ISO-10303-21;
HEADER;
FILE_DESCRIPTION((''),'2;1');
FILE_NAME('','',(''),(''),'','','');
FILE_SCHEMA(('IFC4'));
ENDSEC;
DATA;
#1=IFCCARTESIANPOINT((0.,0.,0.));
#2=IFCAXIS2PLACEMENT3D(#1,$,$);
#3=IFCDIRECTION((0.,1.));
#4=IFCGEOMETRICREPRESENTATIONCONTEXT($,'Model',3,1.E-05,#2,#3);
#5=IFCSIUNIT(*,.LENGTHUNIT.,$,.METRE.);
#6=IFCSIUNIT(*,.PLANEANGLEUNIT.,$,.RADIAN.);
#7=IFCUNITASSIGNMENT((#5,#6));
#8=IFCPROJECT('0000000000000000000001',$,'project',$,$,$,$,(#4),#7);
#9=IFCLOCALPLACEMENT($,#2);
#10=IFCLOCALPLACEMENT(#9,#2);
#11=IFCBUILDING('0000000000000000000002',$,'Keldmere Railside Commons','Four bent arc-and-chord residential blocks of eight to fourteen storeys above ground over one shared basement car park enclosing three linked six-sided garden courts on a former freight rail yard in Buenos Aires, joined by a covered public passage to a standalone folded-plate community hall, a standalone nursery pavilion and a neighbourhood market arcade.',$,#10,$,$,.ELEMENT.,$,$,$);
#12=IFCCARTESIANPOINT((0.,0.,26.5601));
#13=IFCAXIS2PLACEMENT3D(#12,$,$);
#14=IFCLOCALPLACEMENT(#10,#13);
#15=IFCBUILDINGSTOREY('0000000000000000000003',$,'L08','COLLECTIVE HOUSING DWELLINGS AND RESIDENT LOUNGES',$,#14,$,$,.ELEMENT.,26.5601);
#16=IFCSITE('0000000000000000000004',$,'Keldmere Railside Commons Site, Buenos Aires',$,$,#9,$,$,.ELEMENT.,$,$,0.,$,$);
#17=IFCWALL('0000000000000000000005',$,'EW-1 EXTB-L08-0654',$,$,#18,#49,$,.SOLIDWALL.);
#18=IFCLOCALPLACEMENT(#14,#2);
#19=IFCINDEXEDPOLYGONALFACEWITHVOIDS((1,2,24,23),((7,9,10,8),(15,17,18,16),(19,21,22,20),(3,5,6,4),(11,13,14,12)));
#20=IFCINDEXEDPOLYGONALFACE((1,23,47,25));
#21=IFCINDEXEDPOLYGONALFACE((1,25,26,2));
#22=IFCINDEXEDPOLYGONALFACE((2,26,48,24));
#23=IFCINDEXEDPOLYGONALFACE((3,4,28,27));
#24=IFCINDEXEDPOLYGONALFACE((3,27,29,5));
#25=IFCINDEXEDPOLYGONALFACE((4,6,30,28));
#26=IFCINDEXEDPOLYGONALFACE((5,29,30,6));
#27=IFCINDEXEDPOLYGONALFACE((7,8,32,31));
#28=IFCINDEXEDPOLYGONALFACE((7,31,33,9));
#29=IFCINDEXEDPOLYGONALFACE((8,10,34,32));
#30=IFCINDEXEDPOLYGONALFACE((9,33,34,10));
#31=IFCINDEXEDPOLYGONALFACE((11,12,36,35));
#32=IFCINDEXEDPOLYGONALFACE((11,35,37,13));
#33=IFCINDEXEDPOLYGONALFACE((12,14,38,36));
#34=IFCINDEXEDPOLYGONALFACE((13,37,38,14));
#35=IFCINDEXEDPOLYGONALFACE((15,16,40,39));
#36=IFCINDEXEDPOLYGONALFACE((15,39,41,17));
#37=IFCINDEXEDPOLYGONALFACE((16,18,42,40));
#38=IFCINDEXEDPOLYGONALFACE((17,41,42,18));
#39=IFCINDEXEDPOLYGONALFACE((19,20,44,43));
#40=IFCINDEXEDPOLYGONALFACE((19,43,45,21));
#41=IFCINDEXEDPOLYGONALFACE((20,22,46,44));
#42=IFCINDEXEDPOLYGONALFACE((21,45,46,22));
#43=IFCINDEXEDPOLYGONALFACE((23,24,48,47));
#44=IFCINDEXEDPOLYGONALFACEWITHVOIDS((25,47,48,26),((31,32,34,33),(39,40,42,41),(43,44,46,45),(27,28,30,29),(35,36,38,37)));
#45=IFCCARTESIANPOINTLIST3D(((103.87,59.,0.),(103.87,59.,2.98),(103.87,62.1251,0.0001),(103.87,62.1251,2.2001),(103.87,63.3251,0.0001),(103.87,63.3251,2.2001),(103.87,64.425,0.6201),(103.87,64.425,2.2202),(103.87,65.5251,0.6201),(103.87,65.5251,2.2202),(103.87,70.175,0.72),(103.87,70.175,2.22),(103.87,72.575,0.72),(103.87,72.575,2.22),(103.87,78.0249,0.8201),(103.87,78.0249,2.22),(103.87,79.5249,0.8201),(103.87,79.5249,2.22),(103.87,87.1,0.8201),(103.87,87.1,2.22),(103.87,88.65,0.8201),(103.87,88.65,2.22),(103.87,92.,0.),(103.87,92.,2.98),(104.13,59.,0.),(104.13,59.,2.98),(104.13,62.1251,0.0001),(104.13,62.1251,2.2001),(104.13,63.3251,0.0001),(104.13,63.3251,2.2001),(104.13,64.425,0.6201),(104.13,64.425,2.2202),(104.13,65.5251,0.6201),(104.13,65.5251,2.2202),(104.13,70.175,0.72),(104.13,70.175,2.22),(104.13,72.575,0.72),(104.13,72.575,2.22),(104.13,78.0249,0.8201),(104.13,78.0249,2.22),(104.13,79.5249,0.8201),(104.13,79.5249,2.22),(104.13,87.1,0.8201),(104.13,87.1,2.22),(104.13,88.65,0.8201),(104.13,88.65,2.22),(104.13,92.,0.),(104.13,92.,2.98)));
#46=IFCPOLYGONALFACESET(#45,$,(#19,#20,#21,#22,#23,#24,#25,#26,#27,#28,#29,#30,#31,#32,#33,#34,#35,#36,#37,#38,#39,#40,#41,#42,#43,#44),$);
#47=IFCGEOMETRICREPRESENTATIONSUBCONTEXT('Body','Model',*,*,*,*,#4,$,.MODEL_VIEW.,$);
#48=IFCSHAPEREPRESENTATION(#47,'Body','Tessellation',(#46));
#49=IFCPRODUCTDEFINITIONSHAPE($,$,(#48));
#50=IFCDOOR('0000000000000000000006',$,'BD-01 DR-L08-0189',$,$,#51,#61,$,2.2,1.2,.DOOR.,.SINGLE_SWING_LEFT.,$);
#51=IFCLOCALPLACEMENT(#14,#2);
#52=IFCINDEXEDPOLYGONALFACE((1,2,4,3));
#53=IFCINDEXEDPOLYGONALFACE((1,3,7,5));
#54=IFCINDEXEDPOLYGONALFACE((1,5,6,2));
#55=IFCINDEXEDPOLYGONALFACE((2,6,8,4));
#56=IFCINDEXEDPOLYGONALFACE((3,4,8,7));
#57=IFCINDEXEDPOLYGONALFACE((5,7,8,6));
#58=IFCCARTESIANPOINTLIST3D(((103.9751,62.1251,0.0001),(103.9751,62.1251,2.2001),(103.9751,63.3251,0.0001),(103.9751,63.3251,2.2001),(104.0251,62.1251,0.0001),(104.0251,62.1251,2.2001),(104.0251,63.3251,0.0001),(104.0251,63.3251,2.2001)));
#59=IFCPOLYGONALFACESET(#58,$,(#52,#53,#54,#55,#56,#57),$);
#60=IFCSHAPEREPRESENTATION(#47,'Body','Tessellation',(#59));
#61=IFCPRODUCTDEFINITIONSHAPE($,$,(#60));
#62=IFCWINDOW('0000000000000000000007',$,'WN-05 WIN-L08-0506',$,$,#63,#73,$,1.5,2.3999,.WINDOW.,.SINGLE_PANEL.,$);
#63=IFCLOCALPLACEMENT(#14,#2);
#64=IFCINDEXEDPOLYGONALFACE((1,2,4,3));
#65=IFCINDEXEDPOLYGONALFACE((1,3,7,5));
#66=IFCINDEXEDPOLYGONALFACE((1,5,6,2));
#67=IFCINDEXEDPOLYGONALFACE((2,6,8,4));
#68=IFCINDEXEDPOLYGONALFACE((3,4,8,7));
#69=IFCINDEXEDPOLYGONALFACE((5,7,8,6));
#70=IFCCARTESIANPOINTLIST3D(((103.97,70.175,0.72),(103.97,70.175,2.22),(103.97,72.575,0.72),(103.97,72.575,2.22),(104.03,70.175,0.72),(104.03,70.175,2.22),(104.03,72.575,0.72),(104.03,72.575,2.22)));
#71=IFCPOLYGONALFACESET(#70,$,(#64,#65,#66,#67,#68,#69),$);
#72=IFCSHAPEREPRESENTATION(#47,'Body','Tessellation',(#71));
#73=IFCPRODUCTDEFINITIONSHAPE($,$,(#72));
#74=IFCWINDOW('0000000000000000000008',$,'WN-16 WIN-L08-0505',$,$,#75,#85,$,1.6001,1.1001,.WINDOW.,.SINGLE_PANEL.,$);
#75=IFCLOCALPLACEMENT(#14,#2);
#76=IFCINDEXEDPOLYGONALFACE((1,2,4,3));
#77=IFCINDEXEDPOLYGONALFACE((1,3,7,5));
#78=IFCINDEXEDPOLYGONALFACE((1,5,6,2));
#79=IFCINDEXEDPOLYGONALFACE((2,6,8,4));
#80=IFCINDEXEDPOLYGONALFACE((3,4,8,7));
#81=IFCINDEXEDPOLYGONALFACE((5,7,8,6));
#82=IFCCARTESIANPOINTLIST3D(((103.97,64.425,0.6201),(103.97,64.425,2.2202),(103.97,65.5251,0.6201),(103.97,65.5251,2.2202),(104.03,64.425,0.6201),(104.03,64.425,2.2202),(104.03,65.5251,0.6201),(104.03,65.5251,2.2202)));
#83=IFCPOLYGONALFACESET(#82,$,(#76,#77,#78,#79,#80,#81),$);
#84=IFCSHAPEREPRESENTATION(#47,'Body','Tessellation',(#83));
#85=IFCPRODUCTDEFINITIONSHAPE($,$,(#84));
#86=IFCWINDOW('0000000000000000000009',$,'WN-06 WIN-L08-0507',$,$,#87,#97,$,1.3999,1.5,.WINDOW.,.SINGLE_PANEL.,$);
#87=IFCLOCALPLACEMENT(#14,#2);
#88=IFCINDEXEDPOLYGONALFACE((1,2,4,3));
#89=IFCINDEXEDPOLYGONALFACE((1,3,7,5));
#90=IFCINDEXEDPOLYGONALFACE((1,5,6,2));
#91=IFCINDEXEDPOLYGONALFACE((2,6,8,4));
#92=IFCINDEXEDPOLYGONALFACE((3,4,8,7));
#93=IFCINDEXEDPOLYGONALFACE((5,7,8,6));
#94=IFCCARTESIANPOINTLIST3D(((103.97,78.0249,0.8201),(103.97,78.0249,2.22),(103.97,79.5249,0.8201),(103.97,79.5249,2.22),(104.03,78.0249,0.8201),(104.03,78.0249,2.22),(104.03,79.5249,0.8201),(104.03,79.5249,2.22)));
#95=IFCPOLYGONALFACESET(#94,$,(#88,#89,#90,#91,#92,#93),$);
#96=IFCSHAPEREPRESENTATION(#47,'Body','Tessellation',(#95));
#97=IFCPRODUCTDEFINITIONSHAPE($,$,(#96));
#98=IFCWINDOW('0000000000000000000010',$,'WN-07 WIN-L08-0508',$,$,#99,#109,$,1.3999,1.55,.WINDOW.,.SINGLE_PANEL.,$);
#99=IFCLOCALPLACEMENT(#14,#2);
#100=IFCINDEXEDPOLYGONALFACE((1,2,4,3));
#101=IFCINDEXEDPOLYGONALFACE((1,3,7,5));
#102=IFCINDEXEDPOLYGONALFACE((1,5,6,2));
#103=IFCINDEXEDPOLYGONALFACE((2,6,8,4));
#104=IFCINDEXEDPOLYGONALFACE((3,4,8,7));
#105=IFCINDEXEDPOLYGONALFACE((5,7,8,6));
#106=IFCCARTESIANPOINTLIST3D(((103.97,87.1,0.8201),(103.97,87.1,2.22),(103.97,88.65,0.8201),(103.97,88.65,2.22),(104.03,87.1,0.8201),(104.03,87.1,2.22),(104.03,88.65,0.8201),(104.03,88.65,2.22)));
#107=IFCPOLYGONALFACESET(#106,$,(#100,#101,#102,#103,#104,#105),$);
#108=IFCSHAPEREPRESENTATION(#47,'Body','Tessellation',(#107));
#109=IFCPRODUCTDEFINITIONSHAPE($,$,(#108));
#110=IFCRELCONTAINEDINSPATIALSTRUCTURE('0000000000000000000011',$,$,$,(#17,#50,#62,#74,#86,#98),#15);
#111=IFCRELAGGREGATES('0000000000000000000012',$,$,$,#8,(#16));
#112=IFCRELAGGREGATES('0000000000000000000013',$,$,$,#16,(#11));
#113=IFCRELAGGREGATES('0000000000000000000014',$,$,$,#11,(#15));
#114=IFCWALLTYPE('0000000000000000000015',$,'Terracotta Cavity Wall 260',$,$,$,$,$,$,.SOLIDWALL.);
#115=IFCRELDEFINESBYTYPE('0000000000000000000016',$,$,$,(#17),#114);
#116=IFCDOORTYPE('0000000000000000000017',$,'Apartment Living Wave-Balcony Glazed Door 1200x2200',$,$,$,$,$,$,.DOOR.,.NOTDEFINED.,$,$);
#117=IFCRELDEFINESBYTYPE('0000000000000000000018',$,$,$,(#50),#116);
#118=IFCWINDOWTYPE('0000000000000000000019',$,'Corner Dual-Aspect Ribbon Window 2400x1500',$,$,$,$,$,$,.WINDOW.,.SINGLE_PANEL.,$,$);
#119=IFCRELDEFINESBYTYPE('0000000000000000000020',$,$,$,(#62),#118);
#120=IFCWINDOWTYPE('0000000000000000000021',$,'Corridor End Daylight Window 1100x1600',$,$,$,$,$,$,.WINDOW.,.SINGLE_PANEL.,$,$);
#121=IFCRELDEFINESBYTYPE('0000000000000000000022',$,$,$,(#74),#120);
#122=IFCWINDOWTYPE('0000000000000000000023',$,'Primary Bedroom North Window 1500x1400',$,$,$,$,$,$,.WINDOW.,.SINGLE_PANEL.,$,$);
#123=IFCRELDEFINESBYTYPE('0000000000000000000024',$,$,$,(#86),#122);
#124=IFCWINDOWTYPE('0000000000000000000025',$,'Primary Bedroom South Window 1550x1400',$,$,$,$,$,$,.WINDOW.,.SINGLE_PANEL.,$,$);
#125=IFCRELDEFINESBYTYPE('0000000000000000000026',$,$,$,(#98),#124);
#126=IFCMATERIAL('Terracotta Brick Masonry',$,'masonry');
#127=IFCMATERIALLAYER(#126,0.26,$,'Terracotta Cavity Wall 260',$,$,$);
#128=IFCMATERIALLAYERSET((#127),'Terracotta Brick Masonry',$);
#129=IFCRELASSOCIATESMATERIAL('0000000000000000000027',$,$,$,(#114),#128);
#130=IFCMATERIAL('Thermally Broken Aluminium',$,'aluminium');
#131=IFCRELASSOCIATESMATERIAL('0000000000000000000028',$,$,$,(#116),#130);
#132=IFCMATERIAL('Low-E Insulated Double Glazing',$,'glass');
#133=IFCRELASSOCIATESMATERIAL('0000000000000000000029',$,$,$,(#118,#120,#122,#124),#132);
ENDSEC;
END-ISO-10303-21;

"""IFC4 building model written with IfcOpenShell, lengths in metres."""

from ifc_helpers import new_model, si_unit, direction, frame, frame_2d, origin, place, context, subcontext, project, spatial, rectangle, extrude, material, layer, layer_set, type_object, element, fill, save


model = new_model("IFC4")

# Units and contexts
model_context = context("Model", 3, precision=1e-05, world=origin(), true_north=direction((0.0, 1.0)))
body_context = subcontext(model_context, "Body", "Model", "MODEL_VIEW")
ifc_project = project(units=[si_unit("LENGTHUNIT", "METRE"), si_unit("PLANEANGLEUNIT", "RADIAN")], contexts=[model_context])

# Site, building, storey
site_placement = place(None, origin())
site = spatial("IfcSite", under=ifc_project, at=site_placement, Name="Keldmere Railside Commons Site, Buenos Aires", CompositionType="ELEMENT", RefElevation=0.0)
building_placement = place(site_placement, origin())
building = spatial("IfcBuilding", under=site, at=building_placement, Name="Keldmere Railside Commons", Description="Four bent arc-and-chord residential blocks of eight to fourteen storeys above ground over one shared basement car park enclosing three linked six-sided garden courts on a former freight rail yard in Buenos Aires, joined by a covered public passage to a standalone folded-plate community hall, a standalone nursery pavilion and a neighbourhood market arcade.", CompositionType="ELEMENT")
storey_placement = place(building_placement, frame((0.0, 0.0, 26.5601)))
storey = spatial("IfcBuildingStorey", under=building, at=storey_placement, Name="L08", Description="COLLECTIVE HOUSING DWELLINGS AND RESIDENT LOUNGES", CompositionType="ELEMENT", Elevation=26.5601)

# Shared definitions
ifc_material_1 = material(Name="Low-E Insulated Double Glazing", Category="glass")

# Wall, openings, door, windows
ifc_material_2 = material(Name="Terracotta Brick Masonry", Category="masonry")
ifc_layer_1 = layer(ifc_material_2, 0.26, Name="Terracotta Cavity Wall 260")
ifc_layer_set_1 = layer_set([ifc_layer_1], Name="Terracotta Brick Masonry")
wall_type_1 = type_object("IfcWallType", Name="Terracotta Cavity Wall 260", PredefinedType="SOLIDWALL", material=ifc_layer_set_1)
wall_1_placement = place(storey_placement, frame((104.0, 59.0, 0.0), z_axis=(0.0, 0.0, 1.0), x_axis=(0.0, 1.0, 0.0)))
wall_1 = element("IfcWall", 1, at=wall_1_placement, inside=storey, type_object=wall_type_1, Name="EW-1 EXTB-L08-0654", PredefinedType="SOLIDWALL", context=body_context, shape_type="SweptSolid", body=[
    extrude(rectangle(XDim=33.0, YDim=0.26, at=frame_2d((16.5, 0.0))), origin(), (0.0, 0.0, 1.0), 2.98),
])
opening_1_placement = place(wall_1_placement, frame((3.125, 0.0, 0.0)))
opening_1 = element("IfcOpeningElement", 2, at=opening_1_placement, cuts=wall_1, PredefinedType="OPENING", context=body_context, shape_type="SweptSolid", body=[
    extrude(rectangle(XDim=1.2, YDim=2.2, at=frame_2d((0.6001, 1.1001))), frame((0.0, 0.1399, 0.0), z_axis=(0.0, -1.0, 0.0), x_axis=(1.0, 0.0, 0.0)), (0.0, 0.0, 1.0), 0.28),
])
opening_2_placement = place(wall_1_placement, frame((5.425, 0.0, 0.6201)))
opening_2 = element("IfcOpeningElement", 3, at=opening_2_placement, cuts=wall_1, PredefinedType="OPENING", context=body_context, shape_type="SweptSolid", body=[
    extrude(rectangle(XDim=1.1001, YDim=1.6001, at=frame_2d((0.55, 0.8))), frame((0.0, 0.1399, 0.0), z_axis=(0.0, -1.0, 0.0), x_axis=(1.0, 0.0, 0.0)), (0.0, 0.0, 1.0), 0.28),
])
opening_3_placement = place(wall_1_placement, frame((11.175, 0.0, 0.72)))
opening_3 = element("IfcOpeningElement", 4, at=opening_3_placement, cuts=wall_1, PredefinedType="OPENING", context=body_context, shape_type="SweptSolid", body=[
    extrude(rectangle(XDim=2.3999, YDim=1.5, at=frame_2d((1.2, 0.75))), frame((0.0, 0.1399, 0.0), z_axis=(0.0, -1.0, 0.0), x_axis=(1.0, 0.0, 0.0)), (0.0, 0.0, 1.0), 0.28),
])
opening_4_placement = place(wall_1_placement, frame((19.0249, 0.0, 0.8201)))
opening_4 = element("IfcOpeningElement", 5, at=opening_4_placement, cuts=wall_1, PredefinedType="OPENING", context=body_context, shape_type="SweptSolid", body=[
    extrude(rectangle(XDim=1.5, YDim=1.3999, at=frame_2d((0.75, 0.7))), frame((0.0, 0.1399, 0.0), z_axis=(0.0, -1.0, 0.0), x_axis=(1.0, 0.0, 0.0)), (0.0, 0.0, 1.0), 0.28),
])
opening_5_placement = place(wall_1_placement, frame((28.1001, 0.0, 0.8201)))
opening_5 = element("IfcOpeningElement", 6, at=opening_5_placement, cuts=wall_1, PredefinedType="OPENING", context=body_context, shape_type="SweptSolid", body=[
    extrude(rectangle(XDim=1.55, YDim=1.3999, at=frame_2d((0.7749, 0.7))), frame((0.0, 0.1399, 0.0), z_axis=(0.0, -1.0, 0.0), x_axis=(1.0, 0.0, 0.0)), (0.0, 0.0, 1.0), 0.28),
])
ifc_material_3 = material(Name="Thermally Broken Aluminium", Category="aluminium")
door_type = type_object("IfcDoorType", Name="Apartment Living Wave-Balcony Glazed Door 1200x2200", OperationType="NOTDEFINED", PredefinedType="DOOR", material=ifc_material_3)
door_placement = place(opening_1_placement, origin())
door = element("IfcDoor", 7, at=door_placement, inside=storey, type_object=door_type, Name="BD-01 DR-L08-0189", OperationType="SINGLE_SWING_LEFT", OverallHeight=2.2, OverallWidth=1.2, PredefinedType="DOOR", context=body_context, shape_type="SweptSolid", body=[
    extrude(rectangle(XDim=1.2, YDim=2.2, at=frame_2d((0.6001, 1.1001))), frame((0.0, 0.0249, 0.0), z_axis=(0.0, -1.0, 0.0), x_axis=(1.0, 0.0, 0.0)), (0.0, 0.0, 1.0), 0.05),
])
fill(opening_1, door)
window_type_1 = type_object("IfcWindowType", Name="Corner Dual-Aspect Ribbon Window 2400x1500", PartitioningType="SINGLE_PANEL", PredefinedType="WINDOW", material=ifc_material_1)
window_1_placement = place(opening_3_placement, origin())
window_1 = element("IfcWindow", 8, at=window_1_placement, inside=storey, type_object=window_type_1, Name="WN-05 WIN-L08-0506", OverallHeight=1.5, OverallWidth=2.3999, PartitioningType="SINGLE_PANEL", PredefinedType="WINDOW", context=body_context, shape_type="SweptSolid", body=[
    extrude(rectangle(XDim=2.3999, YDim=1.5, at=frame_2d((1.2, 0.75))), frame((0.0, 0.03, 0.0), z_axis=(0.0, -1.0, 0.0), x_axis=(1.0, 0.0, 0.0)), (0.0, 0.0, 1.0), 0.0601),
])
fill(opening_3, window_1)
window_type_2 = type_object("IfcWindowType", Name="Corridor End Daylight Window 1100x1600", PartitioningType="SINGLE_PANEL", PredefinedType="WINDOW", material=ifc_material_1)
window_2_placement = place(opening_2_placement, origin())
window_2 = element("IfcWindow", 9, at=window_2_placement, inside=storey, type_object=window_type_2, Name="WN-16 WIN-L08-0505", OverallHeight=1.6001, OverallWidth=1.1001, PartitioningType="SINGLE_PANEL", PredefinedType="WINDOW", context=body_context, shape_type="SweptSolid", body=[
    extrude(rectangle(XDim=1.1001, YDim=1.6001, at=frame_2d((0.55, 0.8))), frame((0.0, 0.03, 0.0), z_axis=(0.0, -1.0, 0.0), x_axis=(1.0, 0.0, 0.0)), (0.0, 0.0, 1.0), 0.0601),
])
fill(opening_2, window_2)
window_type_3 = type_object("IfcWindowType", Name="Primary Bedroom North Window 1500x1400", PartitioningType="SINGLE_PANEL", PredefinedType="WINDOW", material=ifc_material_1)
window_3_placement = place(opening_4_placement, origin())
window_3 = element("IfcWindow", 10, at=window_3_placement, inside=storey, type_object=window_type_3, Name="WN-06 WIN-L08-0507", OverallHeight=1.3999, OverallWidth=1.5, PartitioningType="SINGLE_PANEL", PredefinedType="WINDOW", context=body_context, shape_type="SweptSolid", body=[
    extrude(rectangle(XDim=1.5, YDim=1.3999, at=frame_2d((0.75, 0.7))), frame((0.0, 0.03, 0.0), z_axis=(0.0, -1.0, 0.0), x_axis=(1.0, 0.0, 0.0)), (0.0, 0.0, 1.0), 0.0601),
])
fill(opening_4, window_3)
window_type_4 = type_object("IfcWindowType", Name="Primary Bedroom South Window 1550x1400", PartitioningType="SINGLE_PANEL", PredefinedType="WINDOW", material=ifc_material_1)
window_4_placement = place(opening_5_placement, origin())
window_4 = element("IfcWindow", 11, at=window_4_placement, inside=storey, type_object=window_type_4, Name="WN-07 WIN-L08-0508", OverallHeight=1.3999, OverallWidth=1.55, PartitioningType="SINGLE_PANEL", PredefinedType="WINDOW", context=body_context, shape_type="SweptSolid", body=[
    extrude(rectangle(XDim=1.55, YDim=1.3999, at=frame_2d((0.7749, 0.7))), frame((0.0, 0.03, 0.0), z_axis=(0.0, -1.0, 0.0), x_axis=(1.0, 0.0, 0.0)), (0.0, 0.0, 1.0), 0.0601),
])
fill(opening_5, window_4)

save(model, "model.ifc")
